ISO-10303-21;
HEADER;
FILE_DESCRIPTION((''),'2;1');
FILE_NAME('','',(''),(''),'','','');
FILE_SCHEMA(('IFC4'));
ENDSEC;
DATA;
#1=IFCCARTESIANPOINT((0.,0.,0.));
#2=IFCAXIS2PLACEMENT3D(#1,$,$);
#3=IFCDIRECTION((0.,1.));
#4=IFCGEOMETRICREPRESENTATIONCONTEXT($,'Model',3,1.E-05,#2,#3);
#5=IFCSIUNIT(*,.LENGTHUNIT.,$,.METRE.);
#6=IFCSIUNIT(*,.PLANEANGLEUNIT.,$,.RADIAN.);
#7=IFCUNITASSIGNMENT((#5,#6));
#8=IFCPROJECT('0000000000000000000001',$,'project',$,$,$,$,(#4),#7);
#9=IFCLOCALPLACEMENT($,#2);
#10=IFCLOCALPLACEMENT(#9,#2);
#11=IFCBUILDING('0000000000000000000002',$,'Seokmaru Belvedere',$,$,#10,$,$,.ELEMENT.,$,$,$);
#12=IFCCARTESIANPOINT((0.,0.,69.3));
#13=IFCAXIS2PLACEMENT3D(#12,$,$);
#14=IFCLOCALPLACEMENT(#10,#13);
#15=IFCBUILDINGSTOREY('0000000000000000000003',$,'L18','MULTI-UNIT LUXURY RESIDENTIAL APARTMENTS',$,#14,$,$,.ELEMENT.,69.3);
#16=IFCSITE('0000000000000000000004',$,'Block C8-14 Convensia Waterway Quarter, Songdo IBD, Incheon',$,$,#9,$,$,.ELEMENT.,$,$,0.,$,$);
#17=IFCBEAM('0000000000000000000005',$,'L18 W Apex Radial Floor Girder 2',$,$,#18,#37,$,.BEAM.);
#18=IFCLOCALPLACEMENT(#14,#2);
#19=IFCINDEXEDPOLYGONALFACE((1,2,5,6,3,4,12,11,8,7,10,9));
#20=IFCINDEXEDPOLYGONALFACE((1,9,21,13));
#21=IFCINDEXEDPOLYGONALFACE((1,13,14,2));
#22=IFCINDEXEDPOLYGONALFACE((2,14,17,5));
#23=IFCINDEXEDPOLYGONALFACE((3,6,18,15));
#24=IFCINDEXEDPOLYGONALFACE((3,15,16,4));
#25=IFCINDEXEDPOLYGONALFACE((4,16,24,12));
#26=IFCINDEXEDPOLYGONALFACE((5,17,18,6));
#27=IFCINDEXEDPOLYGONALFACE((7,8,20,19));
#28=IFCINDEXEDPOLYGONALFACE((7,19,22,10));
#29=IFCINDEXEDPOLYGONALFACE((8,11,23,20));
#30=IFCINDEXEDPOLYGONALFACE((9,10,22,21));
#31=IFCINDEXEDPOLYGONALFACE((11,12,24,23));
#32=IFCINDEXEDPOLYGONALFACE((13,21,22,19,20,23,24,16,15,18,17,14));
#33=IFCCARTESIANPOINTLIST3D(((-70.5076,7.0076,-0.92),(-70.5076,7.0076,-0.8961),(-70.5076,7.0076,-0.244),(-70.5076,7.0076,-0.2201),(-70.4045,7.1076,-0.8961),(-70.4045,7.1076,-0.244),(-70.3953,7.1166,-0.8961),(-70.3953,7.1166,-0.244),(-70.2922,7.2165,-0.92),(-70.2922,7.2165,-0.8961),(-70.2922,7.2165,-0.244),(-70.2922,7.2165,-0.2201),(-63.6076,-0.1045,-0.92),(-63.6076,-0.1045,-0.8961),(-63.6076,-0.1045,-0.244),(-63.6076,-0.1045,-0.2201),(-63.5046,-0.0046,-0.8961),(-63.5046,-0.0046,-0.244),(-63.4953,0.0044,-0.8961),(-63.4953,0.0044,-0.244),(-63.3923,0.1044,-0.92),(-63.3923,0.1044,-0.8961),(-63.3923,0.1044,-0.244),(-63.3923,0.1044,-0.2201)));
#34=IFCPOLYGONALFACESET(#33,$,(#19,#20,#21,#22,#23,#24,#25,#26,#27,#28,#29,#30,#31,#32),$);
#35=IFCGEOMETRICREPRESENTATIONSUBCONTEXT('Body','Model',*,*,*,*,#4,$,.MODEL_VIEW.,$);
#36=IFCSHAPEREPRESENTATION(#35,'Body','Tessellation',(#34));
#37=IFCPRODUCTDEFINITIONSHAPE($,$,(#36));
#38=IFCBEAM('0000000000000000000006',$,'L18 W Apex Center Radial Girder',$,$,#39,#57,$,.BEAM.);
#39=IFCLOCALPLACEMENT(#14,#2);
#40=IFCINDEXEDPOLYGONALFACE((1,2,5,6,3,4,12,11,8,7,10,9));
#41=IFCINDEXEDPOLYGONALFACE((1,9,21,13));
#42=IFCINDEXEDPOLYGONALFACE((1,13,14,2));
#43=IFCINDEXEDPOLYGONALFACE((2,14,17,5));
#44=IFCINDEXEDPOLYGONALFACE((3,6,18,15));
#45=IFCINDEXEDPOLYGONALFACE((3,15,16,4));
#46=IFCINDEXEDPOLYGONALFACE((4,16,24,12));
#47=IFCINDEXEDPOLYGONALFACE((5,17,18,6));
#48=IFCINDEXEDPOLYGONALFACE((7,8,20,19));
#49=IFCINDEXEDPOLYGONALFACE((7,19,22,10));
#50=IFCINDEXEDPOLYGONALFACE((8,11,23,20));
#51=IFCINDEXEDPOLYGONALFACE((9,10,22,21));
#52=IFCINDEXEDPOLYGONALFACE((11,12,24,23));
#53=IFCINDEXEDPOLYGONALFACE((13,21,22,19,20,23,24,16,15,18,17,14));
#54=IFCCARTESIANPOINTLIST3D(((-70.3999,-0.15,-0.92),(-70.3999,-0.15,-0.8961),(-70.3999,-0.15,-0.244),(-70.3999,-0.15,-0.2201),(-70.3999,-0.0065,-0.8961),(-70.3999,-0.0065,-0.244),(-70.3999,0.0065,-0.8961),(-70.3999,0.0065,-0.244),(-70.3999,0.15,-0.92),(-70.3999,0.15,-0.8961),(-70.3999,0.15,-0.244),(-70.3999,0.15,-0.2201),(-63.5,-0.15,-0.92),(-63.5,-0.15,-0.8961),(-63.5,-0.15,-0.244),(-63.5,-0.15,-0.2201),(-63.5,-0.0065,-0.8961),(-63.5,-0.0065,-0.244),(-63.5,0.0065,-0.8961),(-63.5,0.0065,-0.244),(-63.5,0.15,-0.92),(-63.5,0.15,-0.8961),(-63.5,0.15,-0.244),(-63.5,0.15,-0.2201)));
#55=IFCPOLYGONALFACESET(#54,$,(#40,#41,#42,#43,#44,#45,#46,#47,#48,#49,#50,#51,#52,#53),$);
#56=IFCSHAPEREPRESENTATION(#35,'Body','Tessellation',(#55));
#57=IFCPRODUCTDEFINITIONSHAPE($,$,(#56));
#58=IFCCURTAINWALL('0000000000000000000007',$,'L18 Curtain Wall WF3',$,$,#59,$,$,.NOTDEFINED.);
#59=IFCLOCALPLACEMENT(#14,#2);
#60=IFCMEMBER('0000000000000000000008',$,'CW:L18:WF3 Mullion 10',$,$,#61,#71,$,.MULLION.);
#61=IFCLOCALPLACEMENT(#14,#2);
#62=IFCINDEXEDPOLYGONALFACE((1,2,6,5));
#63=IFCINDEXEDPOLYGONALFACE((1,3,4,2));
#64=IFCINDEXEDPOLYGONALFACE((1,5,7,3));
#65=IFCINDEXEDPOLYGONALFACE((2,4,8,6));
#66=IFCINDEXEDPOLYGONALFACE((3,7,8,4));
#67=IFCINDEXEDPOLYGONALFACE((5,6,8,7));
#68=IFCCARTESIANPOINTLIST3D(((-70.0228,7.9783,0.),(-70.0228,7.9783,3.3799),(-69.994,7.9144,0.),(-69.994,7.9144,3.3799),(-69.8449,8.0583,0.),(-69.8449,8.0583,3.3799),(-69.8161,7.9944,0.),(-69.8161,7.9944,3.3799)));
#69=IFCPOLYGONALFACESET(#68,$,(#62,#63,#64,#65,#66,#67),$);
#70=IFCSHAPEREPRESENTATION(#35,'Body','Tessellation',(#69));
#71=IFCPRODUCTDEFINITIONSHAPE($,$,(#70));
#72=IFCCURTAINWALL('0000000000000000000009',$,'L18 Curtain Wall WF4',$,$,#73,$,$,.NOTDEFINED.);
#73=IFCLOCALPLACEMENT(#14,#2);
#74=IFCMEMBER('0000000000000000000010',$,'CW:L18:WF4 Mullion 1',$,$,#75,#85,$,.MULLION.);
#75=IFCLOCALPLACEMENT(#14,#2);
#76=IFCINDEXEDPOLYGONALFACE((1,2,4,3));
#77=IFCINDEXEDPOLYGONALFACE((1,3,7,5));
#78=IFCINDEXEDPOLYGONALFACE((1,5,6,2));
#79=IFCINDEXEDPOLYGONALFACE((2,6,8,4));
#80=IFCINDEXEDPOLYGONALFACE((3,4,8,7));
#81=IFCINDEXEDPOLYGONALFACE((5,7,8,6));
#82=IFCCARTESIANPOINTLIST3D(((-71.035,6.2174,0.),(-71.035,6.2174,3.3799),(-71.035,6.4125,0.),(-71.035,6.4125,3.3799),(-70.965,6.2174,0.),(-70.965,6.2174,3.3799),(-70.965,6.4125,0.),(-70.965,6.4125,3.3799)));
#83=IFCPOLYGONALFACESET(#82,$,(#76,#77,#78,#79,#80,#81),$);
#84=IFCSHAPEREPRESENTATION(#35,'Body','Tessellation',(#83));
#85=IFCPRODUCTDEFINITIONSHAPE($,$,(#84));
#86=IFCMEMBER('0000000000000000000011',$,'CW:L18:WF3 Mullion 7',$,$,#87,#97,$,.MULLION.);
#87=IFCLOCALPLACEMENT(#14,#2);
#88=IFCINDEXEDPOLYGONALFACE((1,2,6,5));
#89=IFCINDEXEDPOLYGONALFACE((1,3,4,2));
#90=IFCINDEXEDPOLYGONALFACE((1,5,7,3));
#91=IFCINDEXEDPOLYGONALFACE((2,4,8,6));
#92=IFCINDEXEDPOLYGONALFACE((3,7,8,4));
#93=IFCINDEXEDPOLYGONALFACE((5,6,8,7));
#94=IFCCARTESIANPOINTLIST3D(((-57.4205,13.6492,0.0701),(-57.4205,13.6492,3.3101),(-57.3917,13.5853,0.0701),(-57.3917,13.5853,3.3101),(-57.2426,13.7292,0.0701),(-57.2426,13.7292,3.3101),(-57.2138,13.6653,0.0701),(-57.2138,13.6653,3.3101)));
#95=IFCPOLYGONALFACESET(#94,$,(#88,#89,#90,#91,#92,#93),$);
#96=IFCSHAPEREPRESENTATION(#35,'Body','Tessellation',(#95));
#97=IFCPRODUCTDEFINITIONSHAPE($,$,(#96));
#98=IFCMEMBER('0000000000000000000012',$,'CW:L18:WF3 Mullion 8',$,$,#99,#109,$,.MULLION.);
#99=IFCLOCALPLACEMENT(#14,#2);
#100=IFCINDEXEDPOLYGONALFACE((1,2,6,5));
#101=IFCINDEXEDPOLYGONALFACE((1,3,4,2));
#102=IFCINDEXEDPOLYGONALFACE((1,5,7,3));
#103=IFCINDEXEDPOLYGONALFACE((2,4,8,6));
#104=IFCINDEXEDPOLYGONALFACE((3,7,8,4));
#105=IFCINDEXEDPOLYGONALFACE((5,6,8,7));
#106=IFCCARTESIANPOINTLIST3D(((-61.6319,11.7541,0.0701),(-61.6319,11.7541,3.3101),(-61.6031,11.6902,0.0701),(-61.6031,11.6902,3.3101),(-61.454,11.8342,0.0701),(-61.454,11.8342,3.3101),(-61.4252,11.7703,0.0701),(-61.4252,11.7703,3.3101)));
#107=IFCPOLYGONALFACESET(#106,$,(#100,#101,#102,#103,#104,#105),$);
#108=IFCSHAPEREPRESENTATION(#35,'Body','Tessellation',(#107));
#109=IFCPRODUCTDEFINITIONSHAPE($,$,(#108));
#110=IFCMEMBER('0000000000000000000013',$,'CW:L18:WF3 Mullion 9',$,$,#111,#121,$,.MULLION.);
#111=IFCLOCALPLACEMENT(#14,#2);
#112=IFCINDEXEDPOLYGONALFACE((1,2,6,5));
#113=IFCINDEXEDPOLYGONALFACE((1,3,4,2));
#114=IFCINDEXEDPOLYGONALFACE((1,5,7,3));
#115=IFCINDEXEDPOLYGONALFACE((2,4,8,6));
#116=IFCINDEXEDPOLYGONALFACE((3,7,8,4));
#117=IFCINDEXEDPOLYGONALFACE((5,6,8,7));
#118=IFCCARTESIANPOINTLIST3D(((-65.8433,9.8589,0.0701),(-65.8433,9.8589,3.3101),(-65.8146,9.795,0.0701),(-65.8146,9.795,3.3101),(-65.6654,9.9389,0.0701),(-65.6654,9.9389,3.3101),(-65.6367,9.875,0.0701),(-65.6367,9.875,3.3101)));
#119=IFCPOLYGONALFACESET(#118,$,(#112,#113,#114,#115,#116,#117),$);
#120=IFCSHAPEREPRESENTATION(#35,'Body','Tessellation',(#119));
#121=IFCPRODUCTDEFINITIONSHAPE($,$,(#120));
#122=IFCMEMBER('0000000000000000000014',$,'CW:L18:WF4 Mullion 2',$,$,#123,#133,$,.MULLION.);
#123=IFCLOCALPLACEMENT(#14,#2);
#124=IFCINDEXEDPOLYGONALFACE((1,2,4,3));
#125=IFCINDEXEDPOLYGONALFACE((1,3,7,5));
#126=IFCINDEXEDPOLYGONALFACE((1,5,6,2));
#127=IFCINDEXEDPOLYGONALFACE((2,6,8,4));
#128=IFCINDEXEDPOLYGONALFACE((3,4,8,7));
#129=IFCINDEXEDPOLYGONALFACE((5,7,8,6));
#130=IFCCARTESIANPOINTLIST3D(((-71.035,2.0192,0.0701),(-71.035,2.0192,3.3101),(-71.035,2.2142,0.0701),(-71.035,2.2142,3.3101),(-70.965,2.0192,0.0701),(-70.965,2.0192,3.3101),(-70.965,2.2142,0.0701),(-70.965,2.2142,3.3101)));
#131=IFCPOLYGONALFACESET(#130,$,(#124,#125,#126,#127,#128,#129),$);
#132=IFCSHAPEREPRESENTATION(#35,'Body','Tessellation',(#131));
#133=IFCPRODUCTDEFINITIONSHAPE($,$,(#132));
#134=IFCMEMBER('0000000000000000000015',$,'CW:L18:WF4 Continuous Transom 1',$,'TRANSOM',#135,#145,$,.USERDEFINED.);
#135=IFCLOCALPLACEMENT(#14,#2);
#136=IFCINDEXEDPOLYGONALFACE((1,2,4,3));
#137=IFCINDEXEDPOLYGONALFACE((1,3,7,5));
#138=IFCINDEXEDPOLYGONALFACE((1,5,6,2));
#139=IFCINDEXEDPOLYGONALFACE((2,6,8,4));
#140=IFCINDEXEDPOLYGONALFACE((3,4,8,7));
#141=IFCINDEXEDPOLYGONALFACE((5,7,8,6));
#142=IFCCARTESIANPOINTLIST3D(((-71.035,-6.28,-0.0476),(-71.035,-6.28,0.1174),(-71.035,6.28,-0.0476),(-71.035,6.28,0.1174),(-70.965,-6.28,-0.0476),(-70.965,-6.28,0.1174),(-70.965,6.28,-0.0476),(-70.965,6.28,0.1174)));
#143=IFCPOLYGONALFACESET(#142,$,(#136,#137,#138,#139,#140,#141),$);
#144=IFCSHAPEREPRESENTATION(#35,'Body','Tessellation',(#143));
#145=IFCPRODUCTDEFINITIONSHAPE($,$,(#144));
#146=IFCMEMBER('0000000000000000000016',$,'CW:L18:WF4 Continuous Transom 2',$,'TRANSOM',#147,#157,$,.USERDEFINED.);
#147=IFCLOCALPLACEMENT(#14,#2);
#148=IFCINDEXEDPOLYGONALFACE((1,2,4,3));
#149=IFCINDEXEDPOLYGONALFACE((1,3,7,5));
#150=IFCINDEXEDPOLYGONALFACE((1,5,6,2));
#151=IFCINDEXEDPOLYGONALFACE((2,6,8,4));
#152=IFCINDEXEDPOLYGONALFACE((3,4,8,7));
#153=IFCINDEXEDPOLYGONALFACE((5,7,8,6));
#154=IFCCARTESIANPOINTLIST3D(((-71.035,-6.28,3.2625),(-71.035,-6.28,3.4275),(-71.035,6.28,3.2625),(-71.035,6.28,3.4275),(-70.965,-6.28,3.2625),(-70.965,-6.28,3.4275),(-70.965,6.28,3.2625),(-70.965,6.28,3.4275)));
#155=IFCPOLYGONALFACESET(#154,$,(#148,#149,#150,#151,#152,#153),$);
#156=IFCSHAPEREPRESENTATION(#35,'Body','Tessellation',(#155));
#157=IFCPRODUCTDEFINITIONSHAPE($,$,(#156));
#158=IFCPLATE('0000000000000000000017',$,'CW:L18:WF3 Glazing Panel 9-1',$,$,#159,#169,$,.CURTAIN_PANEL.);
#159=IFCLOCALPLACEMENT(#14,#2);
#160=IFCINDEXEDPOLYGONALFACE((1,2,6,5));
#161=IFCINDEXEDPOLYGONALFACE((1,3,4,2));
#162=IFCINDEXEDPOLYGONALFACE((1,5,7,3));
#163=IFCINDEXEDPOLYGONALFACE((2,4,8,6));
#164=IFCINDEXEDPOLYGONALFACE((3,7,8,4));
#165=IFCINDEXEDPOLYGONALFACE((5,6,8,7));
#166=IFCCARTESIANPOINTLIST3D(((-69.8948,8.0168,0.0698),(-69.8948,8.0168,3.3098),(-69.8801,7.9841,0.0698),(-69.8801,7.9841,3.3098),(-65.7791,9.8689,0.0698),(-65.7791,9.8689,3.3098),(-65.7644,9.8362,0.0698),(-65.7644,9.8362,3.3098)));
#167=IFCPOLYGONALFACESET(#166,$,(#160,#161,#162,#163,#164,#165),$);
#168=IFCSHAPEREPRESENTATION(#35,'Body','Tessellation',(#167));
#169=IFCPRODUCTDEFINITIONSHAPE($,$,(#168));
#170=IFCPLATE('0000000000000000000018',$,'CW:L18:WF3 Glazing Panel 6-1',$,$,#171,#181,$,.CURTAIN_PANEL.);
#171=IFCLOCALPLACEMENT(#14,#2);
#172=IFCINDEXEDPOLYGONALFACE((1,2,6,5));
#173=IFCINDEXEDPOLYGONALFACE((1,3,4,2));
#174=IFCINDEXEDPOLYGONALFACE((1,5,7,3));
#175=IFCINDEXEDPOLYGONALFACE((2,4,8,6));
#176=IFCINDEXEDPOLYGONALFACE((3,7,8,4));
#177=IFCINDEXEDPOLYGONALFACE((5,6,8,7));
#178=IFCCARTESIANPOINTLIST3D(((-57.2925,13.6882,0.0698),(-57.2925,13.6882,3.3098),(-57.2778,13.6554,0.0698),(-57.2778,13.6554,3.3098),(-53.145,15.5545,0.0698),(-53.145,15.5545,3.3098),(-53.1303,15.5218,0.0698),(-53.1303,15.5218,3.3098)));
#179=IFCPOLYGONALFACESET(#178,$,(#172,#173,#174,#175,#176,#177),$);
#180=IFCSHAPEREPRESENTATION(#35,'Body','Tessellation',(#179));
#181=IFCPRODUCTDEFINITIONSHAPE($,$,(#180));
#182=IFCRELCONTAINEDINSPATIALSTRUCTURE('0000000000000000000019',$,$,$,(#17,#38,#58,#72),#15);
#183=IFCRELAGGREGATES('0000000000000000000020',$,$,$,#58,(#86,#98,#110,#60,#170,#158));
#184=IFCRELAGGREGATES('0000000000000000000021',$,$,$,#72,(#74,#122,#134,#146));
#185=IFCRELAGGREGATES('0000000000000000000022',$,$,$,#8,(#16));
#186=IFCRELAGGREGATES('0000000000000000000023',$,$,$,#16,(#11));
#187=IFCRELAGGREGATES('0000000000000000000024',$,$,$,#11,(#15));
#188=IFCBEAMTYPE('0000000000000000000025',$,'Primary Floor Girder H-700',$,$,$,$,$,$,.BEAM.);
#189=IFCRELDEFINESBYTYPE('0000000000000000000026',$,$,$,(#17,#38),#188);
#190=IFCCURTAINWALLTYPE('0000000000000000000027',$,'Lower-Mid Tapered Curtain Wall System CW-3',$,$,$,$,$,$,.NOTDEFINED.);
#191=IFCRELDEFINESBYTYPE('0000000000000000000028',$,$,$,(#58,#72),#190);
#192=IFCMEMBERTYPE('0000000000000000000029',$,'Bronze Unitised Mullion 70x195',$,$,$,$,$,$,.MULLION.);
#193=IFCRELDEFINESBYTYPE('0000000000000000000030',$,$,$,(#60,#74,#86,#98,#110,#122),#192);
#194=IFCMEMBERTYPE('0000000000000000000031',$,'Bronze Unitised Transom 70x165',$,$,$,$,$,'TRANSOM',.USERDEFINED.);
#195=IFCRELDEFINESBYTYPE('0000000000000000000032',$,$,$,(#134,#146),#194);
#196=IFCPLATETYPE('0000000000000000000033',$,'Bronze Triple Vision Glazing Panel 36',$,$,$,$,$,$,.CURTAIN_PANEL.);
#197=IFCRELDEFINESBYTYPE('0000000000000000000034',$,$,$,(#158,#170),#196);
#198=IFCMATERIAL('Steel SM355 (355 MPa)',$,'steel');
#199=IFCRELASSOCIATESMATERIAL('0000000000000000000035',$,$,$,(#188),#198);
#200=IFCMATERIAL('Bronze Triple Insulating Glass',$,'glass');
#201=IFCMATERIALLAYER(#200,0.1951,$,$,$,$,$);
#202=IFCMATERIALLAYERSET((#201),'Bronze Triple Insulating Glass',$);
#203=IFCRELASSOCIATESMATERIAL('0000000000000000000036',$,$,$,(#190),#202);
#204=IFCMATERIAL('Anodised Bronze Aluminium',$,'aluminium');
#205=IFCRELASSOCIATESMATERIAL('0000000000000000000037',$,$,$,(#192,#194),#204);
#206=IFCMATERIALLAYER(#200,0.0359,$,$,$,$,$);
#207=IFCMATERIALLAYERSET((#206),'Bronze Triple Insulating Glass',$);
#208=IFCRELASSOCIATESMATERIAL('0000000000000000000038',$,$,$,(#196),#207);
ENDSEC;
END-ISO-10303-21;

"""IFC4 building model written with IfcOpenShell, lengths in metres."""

from ifc_helpers import new_model, si_unit, direction, frame, origin, origin_2d, place, context, subcontext, project, spatial, rectangle, i_section, extrude, source, transform, mapped, material, layer, layer_set, material_profile, profile_set, type_object, type_shapes, element, aggregate, save


model = new_model("IFC4")

# Units and contexts
model_context = context("Model", 3, precision=1e-05, world=origin(), true_north=direction((0.0, 1.0)))
body_context = subcontext(model_context, "Body", "Model", "MODEL_VIEW")
ifc_project = project(units=[si_unit("LENGTHUNIT", "METRE"), si_unit("PLANEANGLEUNIT", "RADIAN")], contexts=[model_context])

# Site, building, storey
site_placement = place(None, origin())
site = spatial("IfcSite", under=ifc_project, at=site_placement, Name="Block C8-14 Convensia Waterway Quarter, Songdo IBD, Incheon", CompositionType="ELEMENT", RefElevation=0.0)
building_placement = place(site_placement, origin())
building = spatial("IfcBuilding", under=site, at=building_placement, Name="Seokmaru Belvedere", CompositionType="ELEMENT")
storey_placement = place(building_placement, frame((0.0, 0.0, 69.3)))
storey = spatial("IfcBuildingStorey", under=building, at=storey_placement, Name="L18", Description="MULTI-UNIT LUXURY RESIDENTIAL APARTMENTS", CompositionType="ELEMENT", Elevation=69.3)

# Shared definitions
ifc_material_1 = material(Name="Steel SM355 (355 MPa)", Category="steel")

# Beams
ifc_material_profile_1 = material_profile(ifc_material_1, i_section(OverallWidth=0.3, OverallDepth=0.7, WebThickness=0.0129, FlangeThickness=0.0239, at=origin_2d()), Name="H-700x300x13x24")
ifc_profile_set_1 = profile_set([ifc_material_profile_1], Name="Steel SM355 (355 MPa)")
beam_type_1 = type_object("IfcBeamType", Name="Primary Floor Girder H-700", PredefinedType="BEAM", material=ifc_profile_set_1)
shared_shape_1 = source(origin(), body_context, "Body", "SweptSolid", [
    extrude(i_section(OverallWidth=0.3, OverallDepth=0.7, WebThickness=0.0129, FlangeThickness=0.0239, at=origin_2d()), origin(), (0.0, 0.0, 1.0), 9.9092),
])
beam_1_placement = place(storey_placement, frame((-70.3999, 7.1121, -0.5701), z_axis=(0.696321, -0.717731, 0.0), x_axis=(0.717731, 0.696321, 0.0)))
element("IfcBeam", 1, at=beam_1_placement, inside=storey, type_object=beam_type_1, Name="L18 W Apex Radial Floor Girder 2", PredefinedType="BEAM", context=body_context, shape_type="MappedRepresentation", body=[
    mapped(shared_shape_1, transform((0.0, 0.0, 0.0), scale=1.0)),
])
shared_shape_2 = source(origin(), body_context, "Body", "SweptSolid", [
    extrude(i_section(OverallWidth=0.3, OverallDepth=0.7, WebThickness=0.0129, FlangeThickness=0.0239, at=origin_2d()), origin(), (0.0, 0.0, 1.0), 6.8999),
])
beam_2_placement = place(storey_placement, frame((-70.3999, 0.0, -0.5701), z_axis=(1.0, 0.0, 0.0), x_axis=(0.0, 1.0, 0.0)))
element("IfcBeam", 2, at=beam_2_placement, inside=storey, type_object=beam_type_1, Name="L18 W Apex Center Radial Girder", PredefinedType="BEAM", context=body_context, shape_type="MappedRepresentation", body=[
    mapped(shared_shape_2, transform((0.0, 0.0, 0.0), scale=1.0)),
])

# Curtain walls, members
ifc_material_2 = material(Name="Bronze Triple Insulating Glass", Category="glass")
ifc_layer_1 = layer(ifc_material_2, 0.1951)
ifc_layer_set_1 = layer_set([ifc_layer_1], Name="Bronze Triple Insulating Glass")
curtain_wall_type = type_object("IfcCurtainWallType", Name="Lower-Mid Tapered Curtain Wall System CW-3", PredefinedType="NOTDEFINED", material=ifc_layer_set_1)
curtain_wall_1_placement = place(storey_placement, origin())
curtain_wall_1 = element("IfcCurtainWall", 3, at=curtain_wall_1_placement, inside=storey, type_object=curtain_wall_type, Name="L18 Curtain Wall WF3", PredefinedType="NOTDEFINED")
ifc_material_3 = material(Name="Anodised Bronze Aluminium", Category="aluminium")
ifc_material_profile_2 = material_profile(ifc_material_3, rectangle(XDim=0.0701, YDim=0.1951, at=origin_2d()), Name="CW-M-70x195")
ifc_profile_set_2 = profile_set([ifc_material_profile_2], Name="Anodised Bronze Aluminium")
member_type_1 = type_object("IfcMemberType", Name="Bronze Unitised Mullion 70x195", PredefinedType="MULLION", material=ifc_profile_set_2)
shared_shape_3 = source(origin(), body_context, "Body", "SweptSolid", [
    extrude(rectangle(XDim=0.0701, YDim=0.1951, at=origin_2d()), origin(), (0.0, 0.0, 1.0), 3.3799),
])
member_1_placement = place(storey_placement, frame((-69.9194, 7.9863, 0.0), z_axis=(0.0, 0.0, 1.0), x_axis=(0.410366, -0.911921, 0.0)))
member_1 = element("IfcMember", 4, at=member_1_placement, type_object=member_type_1, Name="CW:L18:WF3 Mullion 10", PredefinedType="MULLION", context=body_context, shape_type="MappedRepresentation", body=[
    mapped(shared_shape_3, transform((0.0, 0.0, 0.0), scale=1.0)),
])
curtain_wall_2_placement = place(storey_placement, origin())
curtain_wall_2 = element("IfcCurtainWall", 5, at=curtain_wall_2_placement, inside=storey, type_object=curtain_wall_type, Name="L18 Curtain Wall WF4", PredefinedType="NOTDEFINED")
member_2_placement = place(storey_placement, frame((-71.0, 6.3149, 0.0), z_axis=(0.0, 0.0, 1.0), x_axis=(1.0, 0.0, 0.0)))
member_2 = element("IfcMember", 6, at=member_2_placement, type_object=member_type_1, Name="CW:L18:WF4 Mullion 1", PredefinedType="MULLION", context=body_context, shape_type="MappedRepresentation", body=[
    mapped(shared_shape_3, transform((0.0, 0.0, 0.0), scale=1.0)),
])

# Members
shared_shape_4 = source(origin(), body_context, "Body", "SweptSolid", [
    extrude(rectangle(XDim=0.0701, YDim=0.1951, at=origin_2d()), origin(), (0.0, 0.0, 1.0), 3.24),
])
type_shapes(member_type_1, [shared_shape_3, shared_shape_4])
member_3_placement = place(storey_placement, frame((-57.3171, 13.6572, 0.0701), z_axis=(0.0, 0.0, 1.0), x_axis=(0.410366, -0.911921, 0.0)))
member_3 = element("IfcMember", 7, at=member_3_placement, type_object=member_type_1, Name="CW:L18:WF3 Mullion 7", PredefinedType="MULLION", context=body_context, shape_type="MappedRepresentation", body=[
    mapped(shared_shape_4, transform((0.0, 0.0, 0.0), scale=1.0)),
])
member_4_placement = place(storey_placement, frame((-61.5286, 11.7622, 0.0701), z_axis=(0.0, 0.0, 1.0), x_axis=(0.410366, -0.911921, 0.0)))
member_4 = element("IfcMember", 8, at=member_4_placement, type_object=member_type_1, Name="CW:L18:WF3 Mullion 8", PredefinedType="MULLION", context=body_context, shape_type="MappedRepresentation", body=[
    mapped(shared_shape_4, transform((0.0, 0.0, 0.0), scale=1.0)),
])
member_5_placement = place(storey_placement, frame((-65.74, 9.8669, 0.0701), z_axis=(0.0, 0.0, 1.0), x_axis=(0.410366, -0.911921, 0.0)))
member_5 = element("IfcMember", 9, at=member_5_placement, type_object=member_type_1, Name="CW:L18:WF3 Mullion 9", PredefinedType="MULLION", context=body_context, shape_type="MappedRepresentation", body=[
    mapped(shared_shape_4, transform((0.0, 0.0, 0.0), scale=1.0)),
])
member_6_placement = place(storey_placement, frame((-71.0, 2.1167, 0.0701), z_axis=(0.0, 0.0, 1.0), x_axis=(1.0, 0.0, 0.0)))
member_6 = element("IfcMember", 10, at=member_6_placement, type_object=member_type_1, Name="CW:L18:WF4 Mullion 2", PredefinedType="MULLION", context=body_context, shape_type="MappedRepresentation", body=[
    mapped(shared_shape_4, transform((0.0, 0.0, 0.0), scale=1.0)),
])
ifc_material_profile_3 = material_profile(ifc_material_3, rectangle(XDim=0.0701, YDim=0.165, at=origin_2d()), Name="CW-T-70x165")
ifc_profile_set_3 = profile_set([ifc_material_profile_3], Name="Anodised Bronze Aluminium")
member_type_2 = type_object("IfcMemberType", Name="Bronze Unitised Transom 70x165", ElementType="TRANSOM", PredefinedType="USERDEFINED", material=ifc_profile_set_3)
shared_shape_5 = source(origin(), body_context, "Body", "SweptSolid", [
    extrude(rectangle(XDim=0.0701, YDim=0.165, at=origin_2d()), origin(), (0.0, 0.0, 1.0), 12.5601),
])
type_shapes(member_type_2, [shared_shape_5])
member_7_placement = place(storey_placement, frame((-71.0, 6.28, 0.0349), z_axis=(0.0, -1.0, 0.0), x_axis=(1.0, 0.0, 0.0)))
member_7 = element("IfcMember", 11, at=member_7_placement, type_object=member_type_2, Name="CW:L18:WF4 Continuous Transom 1", ObjectType="TRANSOM", PredefinedType="USERDEFINED", context=body_context, shape_type="MappedRepresentation", body=[
    mapped(shared_shape_5, transform((0.0, 0.0, 0.0), scale=1.0)),
])
member_8_placement = place(storey_placement, frame((-71.0, 6.28, 3.345), z_axis=(0.0, -1.0, 0.0), x_axis=(1.0, 0.0, 0.0)))
member_8 = element("IfcMember", 12, at=member_8_placement, type_object=member_type_2, Name="CW:L18:WF4 Continuous Transom 2", ObjectType="TRANSOM", PredefinedType="USERDEFINED", context=body_context, shape_type="MappedRepresentation", body=[
    mapped(shared_shape_5, transform((0.0, 0.0, 0.0), scale=1.0)),
])

# Plates
ifc_layer_2 = layer(ifc_material_2, 0.0359)
ifc_layer_set_2 = layer_set([ifc_layer_2], Name="Bronze Triple Insulating Glass")
plate_type = type_object("IfcPlateType", Name="Bronze Triple Vision Glazing Panel 36", PredefinedType="CURTAIN_PANEL", material=ifc_layer_set_2)
shared_shape_6 = source(origin(), body_context, "Body", "SweptSolid", [
    extrude(rectangle(XDim=4.5132, YDim=0.0359, at=origin_2d()), origin(), (0.0, 0.0, 1.0), 3.24),
])
plate_1_placement = place(storey_placement, frame((-67.8296, 8.9265, 0.0698), z_axis=(0.0, 0.0, 1.0), x_axis=(-0.911921, -0.410366, 0.0)))
plate_1 = element("IfcPlate", 13, at=plate_1_placement, type_object=plate_type, Name="CW:L18:WF3 Glazing Panel 9-1", PredefinedType="CURTAIN_PANEL", context=body_context, shape_type="MappedRepresentation", body=[
    mapped(shared_shape_6, transform((0.0, 0.0, 0.0), scale=1.0)),
])
shared_shape_7 = source(origin(), body_context, "Body", "SweptSolid", [
    extrude(rectangle(XDim=4.5481, YDim=0.0359, at=origin_2d()), origin(), (0.0, 0.0, 1.0), 3.24),
])
plate_2_placement = place(storey_placement, frame((-55.2114, 14.605, 0.0698), z_axis=(0.0, 0.0, 1.0), x_axis=(-0.911921, -0.410366, 0.0)))
plate_2 = element("IfcPlate", 14, at=plate_2_placement, type_object=plate_type, Name="CW:L18:WF3 Glazing Panel 6-1", PredefinedType="CURTAIN_PANEL", context=body_context, shape_type="MappedRepresentation", body=[
    mapped(shared_shape_7, transform((0.0, 0.0, 0.0), scale=1.0)),
])
aggregate(curtain_wall_1, [member_3, member_4, member_5, member_1, plate_2, plate_1])
aggregate(curtain_wall_2, [member_2, member_6, member_7, member_8])

save(model, "model.ifc")
